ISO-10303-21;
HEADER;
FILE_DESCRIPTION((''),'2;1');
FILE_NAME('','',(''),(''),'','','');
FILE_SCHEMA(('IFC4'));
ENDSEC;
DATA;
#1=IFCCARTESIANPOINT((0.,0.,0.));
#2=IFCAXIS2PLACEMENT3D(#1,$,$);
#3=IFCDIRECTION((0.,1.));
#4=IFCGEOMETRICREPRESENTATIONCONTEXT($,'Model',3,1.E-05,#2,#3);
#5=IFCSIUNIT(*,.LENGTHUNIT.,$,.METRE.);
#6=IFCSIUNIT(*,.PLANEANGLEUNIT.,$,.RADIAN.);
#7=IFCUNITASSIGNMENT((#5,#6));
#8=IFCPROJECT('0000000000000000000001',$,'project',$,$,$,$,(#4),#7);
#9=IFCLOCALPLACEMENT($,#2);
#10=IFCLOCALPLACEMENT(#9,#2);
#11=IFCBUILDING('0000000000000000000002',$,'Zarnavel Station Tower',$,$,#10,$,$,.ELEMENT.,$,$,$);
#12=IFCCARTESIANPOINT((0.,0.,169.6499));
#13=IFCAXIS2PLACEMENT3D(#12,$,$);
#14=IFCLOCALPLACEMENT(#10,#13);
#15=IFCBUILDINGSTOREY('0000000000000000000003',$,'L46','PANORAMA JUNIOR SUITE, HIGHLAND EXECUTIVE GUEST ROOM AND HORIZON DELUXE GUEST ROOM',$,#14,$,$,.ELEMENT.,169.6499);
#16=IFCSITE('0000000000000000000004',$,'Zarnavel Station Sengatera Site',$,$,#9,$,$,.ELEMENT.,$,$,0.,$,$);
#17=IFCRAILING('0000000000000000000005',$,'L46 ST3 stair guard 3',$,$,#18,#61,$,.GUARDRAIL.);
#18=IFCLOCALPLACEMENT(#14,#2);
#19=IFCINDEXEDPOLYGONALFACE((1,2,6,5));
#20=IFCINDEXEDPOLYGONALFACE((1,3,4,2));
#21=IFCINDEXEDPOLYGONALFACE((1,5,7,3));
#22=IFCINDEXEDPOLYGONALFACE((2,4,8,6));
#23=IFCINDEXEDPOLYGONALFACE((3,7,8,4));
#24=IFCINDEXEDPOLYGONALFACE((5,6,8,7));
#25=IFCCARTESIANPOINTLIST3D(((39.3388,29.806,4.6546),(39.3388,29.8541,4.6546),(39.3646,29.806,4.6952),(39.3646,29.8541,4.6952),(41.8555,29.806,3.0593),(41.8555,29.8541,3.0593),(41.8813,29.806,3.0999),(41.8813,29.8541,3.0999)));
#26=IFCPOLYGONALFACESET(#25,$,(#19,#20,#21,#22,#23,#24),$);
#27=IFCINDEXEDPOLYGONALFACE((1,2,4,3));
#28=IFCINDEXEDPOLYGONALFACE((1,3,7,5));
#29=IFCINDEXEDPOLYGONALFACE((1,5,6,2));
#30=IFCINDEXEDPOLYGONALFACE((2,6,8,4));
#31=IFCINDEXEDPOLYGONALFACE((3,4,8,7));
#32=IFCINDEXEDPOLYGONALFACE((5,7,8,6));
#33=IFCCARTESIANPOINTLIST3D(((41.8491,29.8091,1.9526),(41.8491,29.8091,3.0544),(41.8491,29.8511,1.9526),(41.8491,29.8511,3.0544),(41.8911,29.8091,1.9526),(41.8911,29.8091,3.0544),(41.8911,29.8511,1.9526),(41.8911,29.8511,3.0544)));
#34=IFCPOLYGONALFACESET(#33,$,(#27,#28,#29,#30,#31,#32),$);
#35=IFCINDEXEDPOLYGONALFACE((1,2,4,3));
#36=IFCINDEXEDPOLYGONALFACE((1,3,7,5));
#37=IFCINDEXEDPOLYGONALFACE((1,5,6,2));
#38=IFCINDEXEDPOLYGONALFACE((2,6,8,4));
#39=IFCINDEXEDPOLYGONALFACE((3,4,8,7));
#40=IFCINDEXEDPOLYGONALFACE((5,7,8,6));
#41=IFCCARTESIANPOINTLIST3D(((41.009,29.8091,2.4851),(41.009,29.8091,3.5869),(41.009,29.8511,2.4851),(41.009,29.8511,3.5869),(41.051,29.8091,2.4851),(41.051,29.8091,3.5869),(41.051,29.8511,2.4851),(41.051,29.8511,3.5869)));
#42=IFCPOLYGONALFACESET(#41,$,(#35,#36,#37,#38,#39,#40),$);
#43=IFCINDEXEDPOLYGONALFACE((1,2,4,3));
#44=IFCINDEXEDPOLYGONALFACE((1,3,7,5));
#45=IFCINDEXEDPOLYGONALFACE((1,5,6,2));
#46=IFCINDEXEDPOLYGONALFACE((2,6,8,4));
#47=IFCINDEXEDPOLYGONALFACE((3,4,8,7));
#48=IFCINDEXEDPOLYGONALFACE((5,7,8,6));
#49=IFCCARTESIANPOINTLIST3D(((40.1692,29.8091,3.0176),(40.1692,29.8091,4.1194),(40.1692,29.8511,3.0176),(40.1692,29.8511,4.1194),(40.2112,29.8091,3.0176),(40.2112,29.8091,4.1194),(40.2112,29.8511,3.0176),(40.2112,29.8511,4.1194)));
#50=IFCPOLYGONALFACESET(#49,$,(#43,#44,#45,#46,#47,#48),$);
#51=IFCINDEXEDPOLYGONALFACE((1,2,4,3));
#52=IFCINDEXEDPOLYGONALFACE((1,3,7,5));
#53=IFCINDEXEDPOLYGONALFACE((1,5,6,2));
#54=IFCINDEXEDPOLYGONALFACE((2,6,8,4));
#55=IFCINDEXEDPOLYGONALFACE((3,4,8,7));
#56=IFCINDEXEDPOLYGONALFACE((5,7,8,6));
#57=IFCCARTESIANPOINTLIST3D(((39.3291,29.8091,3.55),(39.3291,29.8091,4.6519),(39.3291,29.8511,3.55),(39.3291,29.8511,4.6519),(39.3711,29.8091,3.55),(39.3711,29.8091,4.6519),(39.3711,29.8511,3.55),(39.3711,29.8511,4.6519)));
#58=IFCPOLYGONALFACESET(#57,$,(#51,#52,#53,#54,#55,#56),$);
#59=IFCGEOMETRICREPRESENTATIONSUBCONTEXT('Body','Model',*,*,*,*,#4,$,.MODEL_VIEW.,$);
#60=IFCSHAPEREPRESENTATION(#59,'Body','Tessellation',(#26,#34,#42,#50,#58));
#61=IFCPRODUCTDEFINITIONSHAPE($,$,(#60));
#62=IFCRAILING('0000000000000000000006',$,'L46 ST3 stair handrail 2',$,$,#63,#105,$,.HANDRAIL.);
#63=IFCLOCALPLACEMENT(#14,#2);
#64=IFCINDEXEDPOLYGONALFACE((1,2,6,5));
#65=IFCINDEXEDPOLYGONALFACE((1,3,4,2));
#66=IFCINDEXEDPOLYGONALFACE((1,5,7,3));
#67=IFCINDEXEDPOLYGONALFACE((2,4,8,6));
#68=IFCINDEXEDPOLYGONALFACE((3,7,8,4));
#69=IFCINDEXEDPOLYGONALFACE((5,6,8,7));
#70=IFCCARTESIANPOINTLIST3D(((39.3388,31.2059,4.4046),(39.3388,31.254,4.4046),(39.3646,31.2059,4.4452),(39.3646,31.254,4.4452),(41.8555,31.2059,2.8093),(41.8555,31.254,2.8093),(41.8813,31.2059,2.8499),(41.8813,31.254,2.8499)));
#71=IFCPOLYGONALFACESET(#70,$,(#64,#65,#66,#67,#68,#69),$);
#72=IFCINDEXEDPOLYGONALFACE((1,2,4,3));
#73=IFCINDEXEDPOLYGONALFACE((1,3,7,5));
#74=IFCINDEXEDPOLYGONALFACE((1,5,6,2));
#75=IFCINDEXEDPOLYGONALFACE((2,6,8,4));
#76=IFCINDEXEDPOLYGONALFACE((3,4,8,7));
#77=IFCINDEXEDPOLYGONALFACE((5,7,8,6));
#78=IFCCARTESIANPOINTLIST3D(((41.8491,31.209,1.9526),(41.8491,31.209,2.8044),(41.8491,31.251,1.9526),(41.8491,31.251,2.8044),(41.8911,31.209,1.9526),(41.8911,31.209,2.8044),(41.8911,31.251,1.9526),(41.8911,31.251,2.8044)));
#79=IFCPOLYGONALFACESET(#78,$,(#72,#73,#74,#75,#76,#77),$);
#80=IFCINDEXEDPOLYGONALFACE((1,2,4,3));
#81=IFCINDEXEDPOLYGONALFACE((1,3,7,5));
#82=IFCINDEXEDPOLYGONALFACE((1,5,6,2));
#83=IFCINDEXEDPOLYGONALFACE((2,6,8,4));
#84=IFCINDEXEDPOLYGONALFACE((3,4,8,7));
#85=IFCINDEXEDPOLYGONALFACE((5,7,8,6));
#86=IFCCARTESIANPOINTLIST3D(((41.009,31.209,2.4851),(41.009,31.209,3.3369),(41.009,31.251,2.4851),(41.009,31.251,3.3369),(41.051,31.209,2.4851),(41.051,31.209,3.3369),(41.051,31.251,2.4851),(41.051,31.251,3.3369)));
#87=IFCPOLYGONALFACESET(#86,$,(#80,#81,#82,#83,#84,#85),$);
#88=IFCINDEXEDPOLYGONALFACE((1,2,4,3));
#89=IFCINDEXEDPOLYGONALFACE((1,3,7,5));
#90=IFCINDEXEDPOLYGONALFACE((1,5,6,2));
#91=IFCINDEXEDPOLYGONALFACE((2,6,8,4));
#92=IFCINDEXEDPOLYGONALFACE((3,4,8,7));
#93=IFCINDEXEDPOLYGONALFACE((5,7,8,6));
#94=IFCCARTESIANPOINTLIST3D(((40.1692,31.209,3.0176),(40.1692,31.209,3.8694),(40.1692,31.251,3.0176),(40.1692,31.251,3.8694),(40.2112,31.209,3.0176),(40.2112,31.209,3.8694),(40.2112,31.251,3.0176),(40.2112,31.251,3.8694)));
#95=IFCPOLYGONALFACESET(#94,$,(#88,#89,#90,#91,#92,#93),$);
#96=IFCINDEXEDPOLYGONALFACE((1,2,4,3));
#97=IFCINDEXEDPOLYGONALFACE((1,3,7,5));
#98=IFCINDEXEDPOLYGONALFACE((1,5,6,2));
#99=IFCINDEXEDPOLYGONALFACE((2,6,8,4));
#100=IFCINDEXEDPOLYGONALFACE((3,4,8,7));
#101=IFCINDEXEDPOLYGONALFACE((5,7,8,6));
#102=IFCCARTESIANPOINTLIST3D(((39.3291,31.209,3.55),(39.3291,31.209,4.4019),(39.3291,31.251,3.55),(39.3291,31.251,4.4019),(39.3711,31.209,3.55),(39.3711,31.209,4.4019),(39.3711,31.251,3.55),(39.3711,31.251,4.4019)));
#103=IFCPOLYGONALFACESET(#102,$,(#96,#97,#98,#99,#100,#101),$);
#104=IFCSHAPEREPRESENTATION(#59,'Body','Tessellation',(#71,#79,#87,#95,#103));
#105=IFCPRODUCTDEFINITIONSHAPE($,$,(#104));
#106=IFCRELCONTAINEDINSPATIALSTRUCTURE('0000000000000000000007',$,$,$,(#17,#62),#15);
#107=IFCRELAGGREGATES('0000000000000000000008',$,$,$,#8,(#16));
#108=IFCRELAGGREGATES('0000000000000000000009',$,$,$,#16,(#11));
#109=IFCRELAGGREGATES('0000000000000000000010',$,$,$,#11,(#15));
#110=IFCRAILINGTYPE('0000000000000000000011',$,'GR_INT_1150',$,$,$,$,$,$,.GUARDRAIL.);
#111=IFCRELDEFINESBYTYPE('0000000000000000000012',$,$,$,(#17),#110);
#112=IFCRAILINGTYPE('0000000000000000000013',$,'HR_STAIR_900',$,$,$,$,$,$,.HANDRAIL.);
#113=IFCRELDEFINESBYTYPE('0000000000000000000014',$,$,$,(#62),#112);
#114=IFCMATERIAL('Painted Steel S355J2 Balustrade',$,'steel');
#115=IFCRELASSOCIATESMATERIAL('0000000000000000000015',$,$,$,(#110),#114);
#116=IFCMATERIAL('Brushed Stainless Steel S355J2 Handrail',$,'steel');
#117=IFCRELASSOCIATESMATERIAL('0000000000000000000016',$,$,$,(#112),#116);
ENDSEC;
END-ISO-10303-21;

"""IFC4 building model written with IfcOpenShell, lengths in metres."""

from ifc_helpers import new_model, si_unit, direction, frame, origin, origin_2d, place, context, subcontext, project, spatial, rectangle, extrude, material, type_object, element, save


model = new_model("IFC4")

# Units and contexts
model_context = context("Model", 3, precision=1e-05, world=origin(), true_north=direction((0.0, 1.0)))
body_context = subcontext(model_context, "Body", "Model", "MODEL_VIEW")
ifc_project = project(units=[si_unit("LENGTHUNIT", "METRE"), si_unit("PLANEANGLEUNIT", "RADIAN")], contexts=[model_context])

# Site, building, storey
site_placement = place(None, origin())
site = spatial("IfcSite", under=ifc_project, at=site_placement, Name="Zarnavel Station Sengatera Site", CompositionType="ELEMENT", RefElevation=0.0)
building_placement = place(site_placement, origin())
building = spatial("IfcBuilding", under=site, at=building_placement, Name="Zarnavel Station Tower", CompositionType="ELEMENT")
storey_placement = place(building_placement, frame((0.0, 0.0, 169.6499)))
storey = spatial("IfcBuildingStorey", under=building, at=storey_placement, Name="L46", Description="PANORAMA JUNIOR SUITE, HIGHLAND EXECUTIVE GUEST ROOM AND HORIZON DELUXE GUEST ROOM", CompositionType="ELEMENT", Elevation=169.6499)

# Railings
ifc_material_1 = material(Name="Painted Steel S355J2 Balustrade", Category="steel")
railing_type_1 = type_object("IfcRailingType", Name="GR_INT_1150", PredefinedType="GUARDRAIL", material=ifc_material_1)
railing_1_placement = place(storey_placement, frame((41.8701, 29.8301, 1.9526)))
element("IfcRailing", 1, at=railing_1_placement, inside=storey, type_object=railing_type_1, Name="L46 ST3 stair guard 3", PredefinedType="GUARDRAIL", context=body_context, shape_type="SweptSolid", body=[
    extrude(rectangle(XDim=0.0481, YDim=0.0481, at=origin_2d()), frame((-0.0017, 0.0, 1.127), z_axis=(-0.844607, 0.0, 0.535387), x_axis=(0.0, -1.0, 0.0)), (0.0, 0.0, 1.0), 2.9797),
    extrude(rectangle(XDim=0.042, YDim=0.042, at=origin_2d()), origin(), (0.0, 0.0, 1.0), 1.1018),
    extrude(rectangle(XDim=0.042, YDim=0.042, at=origin_2d()), frame((-0.8401, 0.0, 0.5325)), (0.0, 0.0, 1.0), 1.1018),
    extrude(rectangle(XDim=0.042, YDim=0.042, at=origin_2d()), frame((-1.6799, 0.0, 1.0649)), (0.0, 0.0, 1.0), 1.1018),
    extrude(rectangle(XDim=0.042, YDim=0.042, at=origin_2d()), frame((-2.52, 0.0, 1.5974)), (0.0, 0.0, 1.0), 1.1018),
])
ifc_material_2 = material(Name="Brushed Stainless Steel S355J2 Handrail", Category="steel")
railing_type_2 = type_object("IfcRailingType", Name="HR_STAIR_900", PredefinedType="HANDRAIL", material=ifc_material_2)
railing_2_placement = place(storey_placement, frame((41.8701, 31.23, 1.9526)))
element("IfcRailing", 2, at=railing_2_placement, inside=storey, type_object=railing_type_2, Name="L46 ST3 stair handrail 2", PredefinedType="HANDRAIL", context=body_context, shape_type="SweptSolid", body=[
    extrude(rectangle(XDim=0.0481, YDim=0.0481, at=origin_2d()), frame((-0.0017, 0.0, 0.877), z_axis=(-0.844607, 0.0, 0.535387), x_axis=(0.0, -1.0, 0.0)), (0.0, 0.0, 1.0), 2.9797),
    extrude(rectangle(XDim=0.042, YDim=0.042, at=origin_2d()), origin(), (0.0, 0.0, 1.0), 0.8518),
    extrude(rectangle(XDim=0.042, YDim=0.042, at=origin_2d()), frame((-0.8401, 0.0, 0.5325)), (0.0, 0.0, 1.0), 0.8518),
    extrude(rectangle(XDim=0.042, YDim=0.042, at=origin_2d()), frame((-1.6799, 0.0, 1.0649)), (0.0, 0.0, 1.0), 0.8518),
    extrude(rectangle(XDim=0.042, YDim=0.042, at=origin_2d()), frame((-2.52, 0.0, 1.5974)), (0.0, 0.0, 1.0), 0.8518),
])

save(model, "model.ifc")
